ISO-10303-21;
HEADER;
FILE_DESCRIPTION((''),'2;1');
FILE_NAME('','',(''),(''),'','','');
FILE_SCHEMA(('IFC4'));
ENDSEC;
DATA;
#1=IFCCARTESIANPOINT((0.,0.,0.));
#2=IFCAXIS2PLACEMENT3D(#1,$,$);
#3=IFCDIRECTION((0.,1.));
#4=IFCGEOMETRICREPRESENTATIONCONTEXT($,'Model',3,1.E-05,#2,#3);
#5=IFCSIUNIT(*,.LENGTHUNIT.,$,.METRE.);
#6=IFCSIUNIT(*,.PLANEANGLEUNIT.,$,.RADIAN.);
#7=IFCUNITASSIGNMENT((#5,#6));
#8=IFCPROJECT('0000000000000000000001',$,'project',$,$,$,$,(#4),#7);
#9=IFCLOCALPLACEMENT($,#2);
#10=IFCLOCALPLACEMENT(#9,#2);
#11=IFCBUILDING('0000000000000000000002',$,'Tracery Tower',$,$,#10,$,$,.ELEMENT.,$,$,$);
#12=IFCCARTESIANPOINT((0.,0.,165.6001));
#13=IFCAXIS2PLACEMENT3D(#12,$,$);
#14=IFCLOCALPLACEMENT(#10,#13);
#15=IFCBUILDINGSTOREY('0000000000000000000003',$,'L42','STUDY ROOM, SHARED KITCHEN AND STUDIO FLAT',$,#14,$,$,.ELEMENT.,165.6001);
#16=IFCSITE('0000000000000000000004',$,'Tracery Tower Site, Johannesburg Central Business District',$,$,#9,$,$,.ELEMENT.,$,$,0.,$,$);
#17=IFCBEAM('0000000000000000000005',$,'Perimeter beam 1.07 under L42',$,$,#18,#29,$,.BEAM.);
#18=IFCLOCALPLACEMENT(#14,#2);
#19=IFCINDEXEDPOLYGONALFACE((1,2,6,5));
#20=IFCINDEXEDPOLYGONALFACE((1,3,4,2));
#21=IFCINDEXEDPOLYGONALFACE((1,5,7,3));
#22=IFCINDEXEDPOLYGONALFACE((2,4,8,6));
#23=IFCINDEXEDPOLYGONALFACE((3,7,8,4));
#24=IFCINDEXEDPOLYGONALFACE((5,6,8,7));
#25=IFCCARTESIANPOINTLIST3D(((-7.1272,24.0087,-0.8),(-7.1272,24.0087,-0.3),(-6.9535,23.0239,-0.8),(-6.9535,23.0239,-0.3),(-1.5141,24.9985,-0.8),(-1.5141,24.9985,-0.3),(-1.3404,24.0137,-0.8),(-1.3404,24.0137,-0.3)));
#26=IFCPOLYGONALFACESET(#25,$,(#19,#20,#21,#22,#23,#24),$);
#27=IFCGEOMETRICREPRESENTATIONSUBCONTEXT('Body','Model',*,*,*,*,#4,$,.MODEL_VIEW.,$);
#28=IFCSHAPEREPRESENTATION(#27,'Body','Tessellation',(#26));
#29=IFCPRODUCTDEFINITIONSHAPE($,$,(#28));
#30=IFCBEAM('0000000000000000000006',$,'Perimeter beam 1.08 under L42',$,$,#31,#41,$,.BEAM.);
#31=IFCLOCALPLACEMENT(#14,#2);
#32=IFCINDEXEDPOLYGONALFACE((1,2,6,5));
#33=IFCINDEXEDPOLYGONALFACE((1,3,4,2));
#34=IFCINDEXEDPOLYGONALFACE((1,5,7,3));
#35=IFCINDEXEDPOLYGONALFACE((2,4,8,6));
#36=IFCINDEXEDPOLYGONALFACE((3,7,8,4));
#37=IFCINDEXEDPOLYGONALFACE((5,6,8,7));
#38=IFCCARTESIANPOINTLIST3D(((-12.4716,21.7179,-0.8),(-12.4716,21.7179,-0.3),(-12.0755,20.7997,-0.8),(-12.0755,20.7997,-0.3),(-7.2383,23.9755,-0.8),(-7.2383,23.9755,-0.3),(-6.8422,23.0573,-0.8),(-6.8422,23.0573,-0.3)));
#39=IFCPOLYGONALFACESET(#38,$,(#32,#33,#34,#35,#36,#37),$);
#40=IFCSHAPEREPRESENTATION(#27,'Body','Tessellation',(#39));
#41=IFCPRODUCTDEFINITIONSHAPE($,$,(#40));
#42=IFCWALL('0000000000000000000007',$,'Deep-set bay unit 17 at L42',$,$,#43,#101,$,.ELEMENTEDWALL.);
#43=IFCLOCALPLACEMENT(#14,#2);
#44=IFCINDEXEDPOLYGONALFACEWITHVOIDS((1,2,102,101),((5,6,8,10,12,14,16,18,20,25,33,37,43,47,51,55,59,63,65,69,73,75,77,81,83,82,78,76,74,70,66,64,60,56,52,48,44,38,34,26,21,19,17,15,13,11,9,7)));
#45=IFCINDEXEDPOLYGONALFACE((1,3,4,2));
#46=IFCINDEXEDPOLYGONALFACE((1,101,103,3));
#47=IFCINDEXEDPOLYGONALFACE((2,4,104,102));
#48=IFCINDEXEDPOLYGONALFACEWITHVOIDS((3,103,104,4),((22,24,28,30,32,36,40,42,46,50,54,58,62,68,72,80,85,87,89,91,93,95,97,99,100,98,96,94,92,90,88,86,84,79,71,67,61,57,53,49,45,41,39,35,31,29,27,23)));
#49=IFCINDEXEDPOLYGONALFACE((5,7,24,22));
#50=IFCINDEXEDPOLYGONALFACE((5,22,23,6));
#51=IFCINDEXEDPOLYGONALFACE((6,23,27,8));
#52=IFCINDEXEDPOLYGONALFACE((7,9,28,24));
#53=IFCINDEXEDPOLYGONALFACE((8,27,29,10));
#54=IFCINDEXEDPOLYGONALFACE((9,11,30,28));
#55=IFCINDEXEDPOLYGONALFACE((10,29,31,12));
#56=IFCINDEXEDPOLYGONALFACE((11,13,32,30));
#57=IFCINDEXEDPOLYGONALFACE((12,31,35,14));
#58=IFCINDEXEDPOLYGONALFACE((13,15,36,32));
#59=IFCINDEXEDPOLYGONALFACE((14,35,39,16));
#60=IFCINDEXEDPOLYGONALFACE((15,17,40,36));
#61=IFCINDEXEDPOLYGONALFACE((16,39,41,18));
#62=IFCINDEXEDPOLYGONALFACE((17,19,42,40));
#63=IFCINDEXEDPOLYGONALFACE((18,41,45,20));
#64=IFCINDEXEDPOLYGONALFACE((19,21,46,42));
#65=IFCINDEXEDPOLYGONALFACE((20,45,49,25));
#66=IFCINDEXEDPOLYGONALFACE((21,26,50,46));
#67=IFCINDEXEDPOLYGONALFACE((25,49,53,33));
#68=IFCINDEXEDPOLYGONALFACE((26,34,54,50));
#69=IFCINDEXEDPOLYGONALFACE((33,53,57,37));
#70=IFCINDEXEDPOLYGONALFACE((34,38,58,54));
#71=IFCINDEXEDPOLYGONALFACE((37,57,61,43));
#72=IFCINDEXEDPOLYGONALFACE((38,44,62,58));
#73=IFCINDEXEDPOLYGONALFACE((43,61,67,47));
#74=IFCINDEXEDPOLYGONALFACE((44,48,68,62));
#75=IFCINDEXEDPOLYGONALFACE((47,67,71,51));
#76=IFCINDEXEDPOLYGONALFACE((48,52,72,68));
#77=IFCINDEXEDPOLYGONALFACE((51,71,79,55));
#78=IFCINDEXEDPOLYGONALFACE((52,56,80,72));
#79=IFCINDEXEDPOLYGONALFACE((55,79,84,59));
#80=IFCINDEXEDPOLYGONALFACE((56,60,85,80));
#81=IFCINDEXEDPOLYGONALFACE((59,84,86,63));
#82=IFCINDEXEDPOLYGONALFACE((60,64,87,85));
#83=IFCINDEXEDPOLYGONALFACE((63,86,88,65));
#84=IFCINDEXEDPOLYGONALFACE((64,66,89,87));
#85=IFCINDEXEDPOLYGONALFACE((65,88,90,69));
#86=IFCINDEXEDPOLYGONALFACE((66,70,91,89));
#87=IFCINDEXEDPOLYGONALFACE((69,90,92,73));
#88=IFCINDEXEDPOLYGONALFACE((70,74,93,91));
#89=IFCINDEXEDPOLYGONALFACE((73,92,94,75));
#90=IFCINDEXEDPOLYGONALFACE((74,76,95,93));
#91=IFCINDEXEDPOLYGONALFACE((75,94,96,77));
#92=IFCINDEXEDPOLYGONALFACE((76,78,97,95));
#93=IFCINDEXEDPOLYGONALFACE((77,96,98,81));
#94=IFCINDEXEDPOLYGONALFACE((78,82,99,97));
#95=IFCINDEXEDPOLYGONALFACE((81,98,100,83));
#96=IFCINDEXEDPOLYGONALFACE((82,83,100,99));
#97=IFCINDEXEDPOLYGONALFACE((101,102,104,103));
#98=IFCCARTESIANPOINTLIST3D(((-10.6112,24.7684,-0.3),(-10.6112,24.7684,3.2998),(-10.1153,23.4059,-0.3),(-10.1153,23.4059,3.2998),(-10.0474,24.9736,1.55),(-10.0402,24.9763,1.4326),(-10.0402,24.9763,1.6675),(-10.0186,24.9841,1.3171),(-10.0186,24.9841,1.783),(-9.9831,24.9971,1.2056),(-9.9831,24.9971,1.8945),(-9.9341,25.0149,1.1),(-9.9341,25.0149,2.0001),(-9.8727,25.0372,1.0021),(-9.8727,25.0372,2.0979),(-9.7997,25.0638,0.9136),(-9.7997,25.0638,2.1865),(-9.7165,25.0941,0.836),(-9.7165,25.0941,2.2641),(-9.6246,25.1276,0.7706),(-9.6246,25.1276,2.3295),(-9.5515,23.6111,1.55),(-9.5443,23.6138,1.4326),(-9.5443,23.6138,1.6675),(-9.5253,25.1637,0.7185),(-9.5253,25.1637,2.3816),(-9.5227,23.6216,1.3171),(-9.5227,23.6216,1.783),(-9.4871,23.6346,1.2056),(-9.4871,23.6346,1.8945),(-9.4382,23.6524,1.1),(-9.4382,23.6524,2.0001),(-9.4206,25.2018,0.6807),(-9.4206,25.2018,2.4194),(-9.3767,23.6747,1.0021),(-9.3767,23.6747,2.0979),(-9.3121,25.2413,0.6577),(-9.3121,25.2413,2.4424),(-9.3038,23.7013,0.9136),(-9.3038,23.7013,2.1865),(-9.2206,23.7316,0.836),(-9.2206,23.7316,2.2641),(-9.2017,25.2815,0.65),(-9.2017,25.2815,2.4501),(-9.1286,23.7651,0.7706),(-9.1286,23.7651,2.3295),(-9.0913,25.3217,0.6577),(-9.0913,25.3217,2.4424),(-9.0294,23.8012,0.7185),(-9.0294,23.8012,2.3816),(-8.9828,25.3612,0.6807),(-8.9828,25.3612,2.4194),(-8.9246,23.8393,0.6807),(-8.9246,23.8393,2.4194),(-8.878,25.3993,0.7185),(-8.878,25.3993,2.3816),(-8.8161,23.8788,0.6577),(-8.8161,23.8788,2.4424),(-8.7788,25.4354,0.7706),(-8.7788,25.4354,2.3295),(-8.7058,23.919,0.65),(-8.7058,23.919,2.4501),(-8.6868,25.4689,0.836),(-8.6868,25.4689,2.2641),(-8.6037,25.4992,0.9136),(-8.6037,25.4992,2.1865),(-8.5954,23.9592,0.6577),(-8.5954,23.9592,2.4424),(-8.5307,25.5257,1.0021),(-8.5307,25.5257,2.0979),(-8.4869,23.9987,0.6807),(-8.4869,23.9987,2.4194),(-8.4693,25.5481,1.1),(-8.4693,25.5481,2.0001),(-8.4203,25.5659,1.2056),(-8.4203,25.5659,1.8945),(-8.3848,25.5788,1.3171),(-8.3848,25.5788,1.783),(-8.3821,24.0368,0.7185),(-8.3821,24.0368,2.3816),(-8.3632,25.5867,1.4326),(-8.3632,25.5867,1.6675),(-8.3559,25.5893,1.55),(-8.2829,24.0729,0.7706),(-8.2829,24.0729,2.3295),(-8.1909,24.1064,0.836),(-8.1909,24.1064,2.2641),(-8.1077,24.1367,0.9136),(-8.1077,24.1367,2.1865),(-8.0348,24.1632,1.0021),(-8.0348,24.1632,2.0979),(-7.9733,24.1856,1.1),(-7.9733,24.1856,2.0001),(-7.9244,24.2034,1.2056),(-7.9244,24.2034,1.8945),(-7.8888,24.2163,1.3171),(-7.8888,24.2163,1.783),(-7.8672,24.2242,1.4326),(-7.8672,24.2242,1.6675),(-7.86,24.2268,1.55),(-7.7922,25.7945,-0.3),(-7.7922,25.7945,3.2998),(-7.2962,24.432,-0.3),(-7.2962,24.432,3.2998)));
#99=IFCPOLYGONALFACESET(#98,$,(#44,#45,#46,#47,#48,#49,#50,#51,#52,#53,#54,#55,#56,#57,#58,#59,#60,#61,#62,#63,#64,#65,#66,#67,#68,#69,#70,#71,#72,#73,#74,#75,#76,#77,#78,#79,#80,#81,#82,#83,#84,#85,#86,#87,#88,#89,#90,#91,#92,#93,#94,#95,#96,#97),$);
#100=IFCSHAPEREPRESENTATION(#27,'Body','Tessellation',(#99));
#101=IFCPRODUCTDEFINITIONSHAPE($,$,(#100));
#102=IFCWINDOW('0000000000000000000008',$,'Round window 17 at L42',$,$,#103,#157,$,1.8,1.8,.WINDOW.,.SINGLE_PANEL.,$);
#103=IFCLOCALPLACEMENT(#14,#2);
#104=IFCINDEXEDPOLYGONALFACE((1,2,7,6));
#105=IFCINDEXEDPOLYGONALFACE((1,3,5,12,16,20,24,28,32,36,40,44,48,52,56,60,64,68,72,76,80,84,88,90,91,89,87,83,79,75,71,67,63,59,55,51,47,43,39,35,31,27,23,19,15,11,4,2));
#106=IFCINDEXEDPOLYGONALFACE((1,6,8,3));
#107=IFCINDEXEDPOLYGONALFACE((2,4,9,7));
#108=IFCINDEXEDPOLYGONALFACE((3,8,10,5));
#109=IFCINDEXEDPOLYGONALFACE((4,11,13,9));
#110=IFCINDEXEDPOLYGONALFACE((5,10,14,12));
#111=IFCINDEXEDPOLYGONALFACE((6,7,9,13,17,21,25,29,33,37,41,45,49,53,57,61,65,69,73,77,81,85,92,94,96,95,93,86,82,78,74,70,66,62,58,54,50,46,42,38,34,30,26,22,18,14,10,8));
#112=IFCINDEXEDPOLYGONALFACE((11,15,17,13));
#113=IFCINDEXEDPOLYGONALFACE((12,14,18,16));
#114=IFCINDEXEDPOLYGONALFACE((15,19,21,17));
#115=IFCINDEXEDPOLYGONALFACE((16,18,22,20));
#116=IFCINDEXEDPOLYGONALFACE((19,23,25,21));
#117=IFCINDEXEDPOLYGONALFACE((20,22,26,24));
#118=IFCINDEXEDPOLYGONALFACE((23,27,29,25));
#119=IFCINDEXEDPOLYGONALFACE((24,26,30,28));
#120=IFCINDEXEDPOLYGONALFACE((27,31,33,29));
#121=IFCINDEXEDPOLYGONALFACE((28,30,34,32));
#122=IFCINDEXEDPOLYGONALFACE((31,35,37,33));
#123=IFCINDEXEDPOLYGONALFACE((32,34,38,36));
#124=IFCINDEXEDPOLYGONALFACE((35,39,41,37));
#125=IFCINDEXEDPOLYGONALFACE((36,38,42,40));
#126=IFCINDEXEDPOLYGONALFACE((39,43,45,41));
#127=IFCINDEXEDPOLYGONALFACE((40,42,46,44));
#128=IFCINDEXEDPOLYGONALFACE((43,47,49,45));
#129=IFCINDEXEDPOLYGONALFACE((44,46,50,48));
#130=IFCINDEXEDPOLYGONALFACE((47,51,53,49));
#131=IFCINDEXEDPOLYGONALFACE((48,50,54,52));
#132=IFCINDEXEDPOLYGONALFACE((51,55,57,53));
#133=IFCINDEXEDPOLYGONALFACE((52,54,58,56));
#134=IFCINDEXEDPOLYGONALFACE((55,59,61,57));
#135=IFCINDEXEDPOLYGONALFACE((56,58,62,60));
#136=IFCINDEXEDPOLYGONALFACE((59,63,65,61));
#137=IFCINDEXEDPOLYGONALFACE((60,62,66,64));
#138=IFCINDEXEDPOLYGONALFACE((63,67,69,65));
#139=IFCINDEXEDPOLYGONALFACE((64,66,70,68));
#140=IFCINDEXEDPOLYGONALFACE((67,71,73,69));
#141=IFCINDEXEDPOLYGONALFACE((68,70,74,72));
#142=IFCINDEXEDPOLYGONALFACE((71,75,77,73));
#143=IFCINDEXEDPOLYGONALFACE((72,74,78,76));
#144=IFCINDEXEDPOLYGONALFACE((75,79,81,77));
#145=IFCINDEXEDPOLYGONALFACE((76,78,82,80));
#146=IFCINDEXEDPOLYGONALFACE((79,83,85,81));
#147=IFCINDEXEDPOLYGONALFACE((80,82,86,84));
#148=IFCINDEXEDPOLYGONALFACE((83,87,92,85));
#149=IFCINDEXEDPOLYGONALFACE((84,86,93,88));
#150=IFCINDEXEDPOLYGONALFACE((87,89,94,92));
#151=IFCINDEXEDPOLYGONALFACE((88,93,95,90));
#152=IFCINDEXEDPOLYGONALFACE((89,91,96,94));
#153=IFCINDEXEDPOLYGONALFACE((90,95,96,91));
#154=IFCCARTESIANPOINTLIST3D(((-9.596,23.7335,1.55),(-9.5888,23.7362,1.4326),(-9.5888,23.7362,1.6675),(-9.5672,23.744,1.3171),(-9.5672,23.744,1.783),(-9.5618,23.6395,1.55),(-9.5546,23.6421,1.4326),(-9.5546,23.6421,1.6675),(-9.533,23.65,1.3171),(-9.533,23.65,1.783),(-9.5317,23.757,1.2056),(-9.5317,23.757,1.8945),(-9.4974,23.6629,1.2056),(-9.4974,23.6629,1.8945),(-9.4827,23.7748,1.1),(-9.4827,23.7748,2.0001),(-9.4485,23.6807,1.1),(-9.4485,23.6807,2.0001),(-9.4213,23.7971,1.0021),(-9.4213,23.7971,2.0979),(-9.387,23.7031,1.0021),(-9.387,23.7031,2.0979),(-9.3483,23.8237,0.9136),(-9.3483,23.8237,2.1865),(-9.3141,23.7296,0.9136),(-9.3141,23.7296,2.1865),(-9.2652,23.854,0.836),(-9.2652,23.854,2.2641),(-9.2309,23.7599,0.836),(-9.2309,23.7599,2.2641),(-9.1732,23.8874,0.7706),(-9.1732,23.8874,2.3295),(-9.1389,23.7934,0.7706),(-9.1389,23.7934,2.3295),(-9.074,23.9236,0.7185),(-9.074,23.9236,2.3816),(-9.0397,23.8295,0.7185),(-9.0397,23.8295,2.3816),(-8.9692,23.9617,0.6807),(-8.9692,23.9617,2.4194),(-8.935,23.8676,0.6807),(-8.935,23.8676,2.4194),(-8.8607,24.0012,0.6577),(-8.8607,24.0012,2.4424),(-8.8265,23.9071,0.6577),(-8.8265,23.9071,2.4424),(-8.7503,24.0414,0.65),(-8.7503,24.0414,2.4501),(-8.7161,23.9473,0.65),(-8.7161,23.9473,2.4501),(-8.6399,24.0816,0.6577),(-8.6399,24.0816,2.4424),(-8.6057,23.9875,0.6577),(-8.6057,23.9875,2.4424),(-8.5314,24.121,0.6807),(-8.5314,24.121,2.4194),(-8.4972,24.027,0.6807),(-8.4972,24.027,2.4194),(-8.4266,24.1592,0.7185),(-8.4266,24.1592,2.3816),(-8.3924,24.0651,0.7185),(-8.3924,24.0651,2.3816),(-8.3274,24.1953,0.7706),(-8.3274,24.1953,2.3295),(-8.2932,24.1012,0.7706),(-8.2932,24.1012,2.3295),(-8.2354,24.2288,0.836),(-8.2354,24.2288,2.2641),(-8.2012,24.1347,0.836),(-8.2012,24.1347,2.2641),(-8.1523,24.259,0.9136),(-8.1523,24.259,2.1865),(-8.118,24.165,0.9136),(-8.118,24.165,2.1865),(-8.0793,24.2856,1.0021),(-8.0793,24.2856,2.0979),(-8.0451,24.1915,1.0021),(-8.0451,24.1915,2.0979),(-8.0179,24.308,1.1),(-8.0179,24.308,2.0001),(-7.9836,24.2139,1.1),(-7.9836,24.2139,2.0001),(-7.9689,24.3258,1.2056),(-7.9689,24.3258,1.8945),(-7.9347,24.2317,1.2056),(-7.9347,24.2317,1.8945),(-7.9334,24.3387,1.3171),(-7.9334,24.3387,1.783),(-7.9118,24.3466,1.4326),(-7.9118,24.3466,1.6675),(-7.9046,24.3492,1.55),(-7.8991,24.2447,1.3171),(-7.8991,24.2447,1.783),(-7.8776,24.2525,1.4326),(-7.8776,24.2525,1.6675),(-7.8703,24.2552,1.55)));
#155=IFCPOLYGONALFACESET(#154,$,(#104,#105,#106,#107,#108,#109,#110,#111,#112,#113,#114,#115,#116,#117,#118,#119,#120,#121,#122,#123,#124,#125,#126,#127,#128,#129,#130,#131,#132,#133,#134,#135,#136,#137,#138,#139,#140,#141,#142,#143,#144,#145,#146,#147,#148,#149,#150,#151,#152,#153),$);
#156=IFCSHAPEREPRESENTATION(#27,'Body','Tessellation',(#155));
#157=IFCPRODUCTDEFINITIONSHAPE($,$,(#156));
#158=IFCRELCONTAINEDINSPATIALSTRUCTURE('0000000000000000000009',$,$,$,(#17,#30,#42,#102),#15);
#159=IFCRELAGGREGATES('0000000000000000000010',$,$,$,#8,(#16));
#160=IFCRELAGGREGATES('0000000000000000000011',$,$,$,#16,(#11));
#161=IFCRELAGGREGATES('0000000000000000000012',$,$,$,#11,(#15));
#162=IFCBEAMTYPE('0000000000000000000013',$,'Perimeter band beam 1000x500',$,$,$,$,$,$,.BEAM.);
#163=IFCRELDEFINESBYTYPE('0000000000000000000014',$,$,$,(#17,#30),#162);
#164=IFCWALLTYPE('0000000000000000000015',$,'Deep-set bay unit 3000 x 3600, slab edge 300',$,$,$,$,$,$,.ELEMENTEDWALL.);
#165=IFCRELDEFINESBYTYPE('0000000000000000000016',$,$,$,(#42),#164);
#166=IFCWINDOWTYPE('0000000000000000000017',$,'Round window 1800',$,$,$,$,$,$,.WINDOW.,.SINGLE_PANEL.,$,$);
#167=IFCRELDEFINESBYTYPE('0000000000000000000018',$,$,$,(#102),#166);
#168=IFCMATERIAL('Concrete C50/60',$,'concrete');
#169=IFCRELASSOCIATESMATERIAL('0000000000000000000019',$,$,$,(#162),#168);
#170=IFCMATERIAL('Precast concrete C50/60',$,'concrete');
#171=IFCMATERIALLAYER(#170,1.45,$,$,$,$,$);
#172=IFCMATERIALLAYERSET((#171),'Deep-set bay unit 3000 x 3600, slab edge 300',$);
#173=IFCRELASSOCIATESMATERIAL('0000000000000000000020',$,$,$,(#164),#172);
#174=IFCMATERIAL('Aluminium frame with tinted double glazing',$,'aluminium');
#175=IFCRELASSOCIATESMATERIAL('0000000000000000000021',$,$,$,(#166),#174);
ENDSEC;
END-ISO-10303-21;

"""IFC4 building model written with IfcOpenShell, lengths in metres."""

from ifc_helpers import new_model, si_unit, direction, frame, frame_2d, origin, origin_2d, place, context, subcontext, project, spatial, rectangle, circle, extrude, material, layer, layer_set, material_profile, profile_set, type_object, element, fill, save


model = new_model("IFC4")

# Units and contexts
model_context = context("Model", 3, precision=1e-05, world=origin(), true_north=direction((0.0, 1.0)))
body_context = subcontext(model_context, "Body", "Model", "MODEL_VIEW")
ifc_project = project(units=[si_unit("LENGTHUNIT", "METRE"), si_unit("PLANEANGLEUNIT", "RADIAN")], contexts=[model_context])

# Site, building, storey
site_placement = place(None, origin())
site = spatial("IfcSite", under=ifc_project, at=site_placement, Name="Tracery Tower Site, Johannesburg Central Business District", CompositionType="ELEMENT", RefElevation=0.0)
building_placement = place(site_placement, origin())
building = spatial("IfcBuilding", under=site, at=building_placement, Name="Tracery Tower", CompositionType="ELEMENT")
storey_placement = place(building_placement, frame((0.0, 0.0, 165.6001)))
storey = spatial("IfcBuildingStorey", under=building, at=storey_placement, Name="L42", Description="STUDY ROOM, SHARED KITCHEN AND STUDIO FLAT", CompositionType="ELEMENT", Elevation=165.6001)

# Beams
ifc_material_1 = material(Name="Concrete C50/60", Category="concrete")
ifc_material_profile_1 = material_profile(ifc_material_1, rectangle(XDim=1.0, YDim=0.5, at=origin_2d()), Name="RC 1000x500")
ifc_profile_set_1 = profile_set([ifc_material_profile_1], Name="Concrete C50/60")
beam_type = type_object("IfcBeamType", Name="Perimeter band beam 1000x500", PredefinedType="BEAM", material=ifc_profile_set_1)
beam_1_placement = place(storey_placement, frame((-1.4272, 24.5061, -0.55), z_axis=(-0.984807, -0.173651, 0.0), x_axis=(0.173651, -0.984807, 0.0)))
element("IfcBeam", 1, at=beam_1_placement, inside=storey, type_object=beam_type, Name="Perimeter beam 1.07 under L42", PredefinedType="BEAM", context=body_context, shape_type="SweptSolid", body=[
    extrude(rectangle(XDim=1.0, YDim=0.5, at=origin_2d()), origin(), (0.0, 0.0, 1.0), 5.6997),
])
beam_2_placement = place(storey_placement, frame((-7.0403, 23.5164, -0.55), z_axis=(-0.91821, -0.396095, 0.0), x_axis=(0.396095, -0.91821, 0.0)))
element("IfcBeam", 2, at=beam_2_placement, inside=storey, type_object=beam_type, Name="Perimeter beam 1.08 under L42", PredefinedType="BEAM", context=body_context, shape_type="SweptSolid", body=[
    extrude(rectangle(XDim=1.0, YDim=0.5, at=origin_2d()), origin(), (0.0, 0.0, 1.0), 5.6995),
])

# Wall, opening, window
ifc_material_2 = material(Name="Precast concrete C50/60", Category="concrete")
ifc_layer_1 = layer(ifc_material_2, 1.45)
ifc_layer_set_1 = layer_set([ifc_layer_1], Name="Deep-set bay unit 3000 x 3600, slab edge 300")
wall_type_1 = type_object("IfcWallType", Name="Deep-set bay unit 3000 x 3600, slab edge 300", PredefinedType="ELEMENTEDWALL", material=ifc_layer_set_1)
wall_1_placement = place(storey_placement, frame((-7.5442, 25.1133, -0.3), z_axis=(0.0, 0.0, 1.0), x_axis=(-0.939686, -0.342037, 0.0)))
wall_1 = element("IfcWall", 3, at=wall_1_placement, inside=storey, type_object=wall_type_1, Name="Deep-set bay unit 17 at L42", PredefinedType="ELEMENTEDWALL", context=body_context, shape_type="SweptSolid", body=[
    extrude(rectangle(XDim=3.0, YDim=1.45, at=frame_2d((1.5, 0.0))), origin(), (0.0, 0.0, 1.0), 3.5999),
])
opening_1_placement = place(wall_1_placement, frame((1.5, 0.0, 1.8501)))
opening_1 = element("IfcOpeningElement", 4, at=opening_1_placement, cuts=wall_1, PredefinedType="OPENING", context=body_context, shape_type="SweptSolid", body=[
    extrude(circle(Radius=0.9, at=origin_2d()), frame((0.0, 0.7349, 0.0), z_axis=(0.0, -1.0, 0.0), x_axis=(1.0, 0.0, 0.0)), (0.0, 0.0, 1.0), 1.47),
])
ifc_material_3 = material(Name="Aluminium frame with tinted double glazing", Category="aluminium")
window_type = type_object("IfcWindowType", Name="Round window 1800", PartitioningType="SINGLE_PANEL", PredefinedType="WINDOW", material=ifc_material_3)
window_1_placement = place(opening_1_placement, origin())
window_1 = element("IfcWindow", 5, at=window_1_placement, inside=storey, type_object=window_type, Name="Round window 17 at L42", OverallHeight=1.8, OverallWidth=1.8, PartitioningType="SINGLE_PANEL", PredefinedType="WINDOW", context=body_context, shape_type="SweptSolid", body=[
    extrude(circle(Radius=0.9, at=origin_2d()), frame((0.0, 0.6948, 0.0), z_axis=(0.0, -1.0, 0.0), x_axis=(1.0, 0.0, 0.0)), (0.0, 0.0, 1.0), 0.1001),
])
fill(opening_1, window_1)

save(model, "model.ifc")
